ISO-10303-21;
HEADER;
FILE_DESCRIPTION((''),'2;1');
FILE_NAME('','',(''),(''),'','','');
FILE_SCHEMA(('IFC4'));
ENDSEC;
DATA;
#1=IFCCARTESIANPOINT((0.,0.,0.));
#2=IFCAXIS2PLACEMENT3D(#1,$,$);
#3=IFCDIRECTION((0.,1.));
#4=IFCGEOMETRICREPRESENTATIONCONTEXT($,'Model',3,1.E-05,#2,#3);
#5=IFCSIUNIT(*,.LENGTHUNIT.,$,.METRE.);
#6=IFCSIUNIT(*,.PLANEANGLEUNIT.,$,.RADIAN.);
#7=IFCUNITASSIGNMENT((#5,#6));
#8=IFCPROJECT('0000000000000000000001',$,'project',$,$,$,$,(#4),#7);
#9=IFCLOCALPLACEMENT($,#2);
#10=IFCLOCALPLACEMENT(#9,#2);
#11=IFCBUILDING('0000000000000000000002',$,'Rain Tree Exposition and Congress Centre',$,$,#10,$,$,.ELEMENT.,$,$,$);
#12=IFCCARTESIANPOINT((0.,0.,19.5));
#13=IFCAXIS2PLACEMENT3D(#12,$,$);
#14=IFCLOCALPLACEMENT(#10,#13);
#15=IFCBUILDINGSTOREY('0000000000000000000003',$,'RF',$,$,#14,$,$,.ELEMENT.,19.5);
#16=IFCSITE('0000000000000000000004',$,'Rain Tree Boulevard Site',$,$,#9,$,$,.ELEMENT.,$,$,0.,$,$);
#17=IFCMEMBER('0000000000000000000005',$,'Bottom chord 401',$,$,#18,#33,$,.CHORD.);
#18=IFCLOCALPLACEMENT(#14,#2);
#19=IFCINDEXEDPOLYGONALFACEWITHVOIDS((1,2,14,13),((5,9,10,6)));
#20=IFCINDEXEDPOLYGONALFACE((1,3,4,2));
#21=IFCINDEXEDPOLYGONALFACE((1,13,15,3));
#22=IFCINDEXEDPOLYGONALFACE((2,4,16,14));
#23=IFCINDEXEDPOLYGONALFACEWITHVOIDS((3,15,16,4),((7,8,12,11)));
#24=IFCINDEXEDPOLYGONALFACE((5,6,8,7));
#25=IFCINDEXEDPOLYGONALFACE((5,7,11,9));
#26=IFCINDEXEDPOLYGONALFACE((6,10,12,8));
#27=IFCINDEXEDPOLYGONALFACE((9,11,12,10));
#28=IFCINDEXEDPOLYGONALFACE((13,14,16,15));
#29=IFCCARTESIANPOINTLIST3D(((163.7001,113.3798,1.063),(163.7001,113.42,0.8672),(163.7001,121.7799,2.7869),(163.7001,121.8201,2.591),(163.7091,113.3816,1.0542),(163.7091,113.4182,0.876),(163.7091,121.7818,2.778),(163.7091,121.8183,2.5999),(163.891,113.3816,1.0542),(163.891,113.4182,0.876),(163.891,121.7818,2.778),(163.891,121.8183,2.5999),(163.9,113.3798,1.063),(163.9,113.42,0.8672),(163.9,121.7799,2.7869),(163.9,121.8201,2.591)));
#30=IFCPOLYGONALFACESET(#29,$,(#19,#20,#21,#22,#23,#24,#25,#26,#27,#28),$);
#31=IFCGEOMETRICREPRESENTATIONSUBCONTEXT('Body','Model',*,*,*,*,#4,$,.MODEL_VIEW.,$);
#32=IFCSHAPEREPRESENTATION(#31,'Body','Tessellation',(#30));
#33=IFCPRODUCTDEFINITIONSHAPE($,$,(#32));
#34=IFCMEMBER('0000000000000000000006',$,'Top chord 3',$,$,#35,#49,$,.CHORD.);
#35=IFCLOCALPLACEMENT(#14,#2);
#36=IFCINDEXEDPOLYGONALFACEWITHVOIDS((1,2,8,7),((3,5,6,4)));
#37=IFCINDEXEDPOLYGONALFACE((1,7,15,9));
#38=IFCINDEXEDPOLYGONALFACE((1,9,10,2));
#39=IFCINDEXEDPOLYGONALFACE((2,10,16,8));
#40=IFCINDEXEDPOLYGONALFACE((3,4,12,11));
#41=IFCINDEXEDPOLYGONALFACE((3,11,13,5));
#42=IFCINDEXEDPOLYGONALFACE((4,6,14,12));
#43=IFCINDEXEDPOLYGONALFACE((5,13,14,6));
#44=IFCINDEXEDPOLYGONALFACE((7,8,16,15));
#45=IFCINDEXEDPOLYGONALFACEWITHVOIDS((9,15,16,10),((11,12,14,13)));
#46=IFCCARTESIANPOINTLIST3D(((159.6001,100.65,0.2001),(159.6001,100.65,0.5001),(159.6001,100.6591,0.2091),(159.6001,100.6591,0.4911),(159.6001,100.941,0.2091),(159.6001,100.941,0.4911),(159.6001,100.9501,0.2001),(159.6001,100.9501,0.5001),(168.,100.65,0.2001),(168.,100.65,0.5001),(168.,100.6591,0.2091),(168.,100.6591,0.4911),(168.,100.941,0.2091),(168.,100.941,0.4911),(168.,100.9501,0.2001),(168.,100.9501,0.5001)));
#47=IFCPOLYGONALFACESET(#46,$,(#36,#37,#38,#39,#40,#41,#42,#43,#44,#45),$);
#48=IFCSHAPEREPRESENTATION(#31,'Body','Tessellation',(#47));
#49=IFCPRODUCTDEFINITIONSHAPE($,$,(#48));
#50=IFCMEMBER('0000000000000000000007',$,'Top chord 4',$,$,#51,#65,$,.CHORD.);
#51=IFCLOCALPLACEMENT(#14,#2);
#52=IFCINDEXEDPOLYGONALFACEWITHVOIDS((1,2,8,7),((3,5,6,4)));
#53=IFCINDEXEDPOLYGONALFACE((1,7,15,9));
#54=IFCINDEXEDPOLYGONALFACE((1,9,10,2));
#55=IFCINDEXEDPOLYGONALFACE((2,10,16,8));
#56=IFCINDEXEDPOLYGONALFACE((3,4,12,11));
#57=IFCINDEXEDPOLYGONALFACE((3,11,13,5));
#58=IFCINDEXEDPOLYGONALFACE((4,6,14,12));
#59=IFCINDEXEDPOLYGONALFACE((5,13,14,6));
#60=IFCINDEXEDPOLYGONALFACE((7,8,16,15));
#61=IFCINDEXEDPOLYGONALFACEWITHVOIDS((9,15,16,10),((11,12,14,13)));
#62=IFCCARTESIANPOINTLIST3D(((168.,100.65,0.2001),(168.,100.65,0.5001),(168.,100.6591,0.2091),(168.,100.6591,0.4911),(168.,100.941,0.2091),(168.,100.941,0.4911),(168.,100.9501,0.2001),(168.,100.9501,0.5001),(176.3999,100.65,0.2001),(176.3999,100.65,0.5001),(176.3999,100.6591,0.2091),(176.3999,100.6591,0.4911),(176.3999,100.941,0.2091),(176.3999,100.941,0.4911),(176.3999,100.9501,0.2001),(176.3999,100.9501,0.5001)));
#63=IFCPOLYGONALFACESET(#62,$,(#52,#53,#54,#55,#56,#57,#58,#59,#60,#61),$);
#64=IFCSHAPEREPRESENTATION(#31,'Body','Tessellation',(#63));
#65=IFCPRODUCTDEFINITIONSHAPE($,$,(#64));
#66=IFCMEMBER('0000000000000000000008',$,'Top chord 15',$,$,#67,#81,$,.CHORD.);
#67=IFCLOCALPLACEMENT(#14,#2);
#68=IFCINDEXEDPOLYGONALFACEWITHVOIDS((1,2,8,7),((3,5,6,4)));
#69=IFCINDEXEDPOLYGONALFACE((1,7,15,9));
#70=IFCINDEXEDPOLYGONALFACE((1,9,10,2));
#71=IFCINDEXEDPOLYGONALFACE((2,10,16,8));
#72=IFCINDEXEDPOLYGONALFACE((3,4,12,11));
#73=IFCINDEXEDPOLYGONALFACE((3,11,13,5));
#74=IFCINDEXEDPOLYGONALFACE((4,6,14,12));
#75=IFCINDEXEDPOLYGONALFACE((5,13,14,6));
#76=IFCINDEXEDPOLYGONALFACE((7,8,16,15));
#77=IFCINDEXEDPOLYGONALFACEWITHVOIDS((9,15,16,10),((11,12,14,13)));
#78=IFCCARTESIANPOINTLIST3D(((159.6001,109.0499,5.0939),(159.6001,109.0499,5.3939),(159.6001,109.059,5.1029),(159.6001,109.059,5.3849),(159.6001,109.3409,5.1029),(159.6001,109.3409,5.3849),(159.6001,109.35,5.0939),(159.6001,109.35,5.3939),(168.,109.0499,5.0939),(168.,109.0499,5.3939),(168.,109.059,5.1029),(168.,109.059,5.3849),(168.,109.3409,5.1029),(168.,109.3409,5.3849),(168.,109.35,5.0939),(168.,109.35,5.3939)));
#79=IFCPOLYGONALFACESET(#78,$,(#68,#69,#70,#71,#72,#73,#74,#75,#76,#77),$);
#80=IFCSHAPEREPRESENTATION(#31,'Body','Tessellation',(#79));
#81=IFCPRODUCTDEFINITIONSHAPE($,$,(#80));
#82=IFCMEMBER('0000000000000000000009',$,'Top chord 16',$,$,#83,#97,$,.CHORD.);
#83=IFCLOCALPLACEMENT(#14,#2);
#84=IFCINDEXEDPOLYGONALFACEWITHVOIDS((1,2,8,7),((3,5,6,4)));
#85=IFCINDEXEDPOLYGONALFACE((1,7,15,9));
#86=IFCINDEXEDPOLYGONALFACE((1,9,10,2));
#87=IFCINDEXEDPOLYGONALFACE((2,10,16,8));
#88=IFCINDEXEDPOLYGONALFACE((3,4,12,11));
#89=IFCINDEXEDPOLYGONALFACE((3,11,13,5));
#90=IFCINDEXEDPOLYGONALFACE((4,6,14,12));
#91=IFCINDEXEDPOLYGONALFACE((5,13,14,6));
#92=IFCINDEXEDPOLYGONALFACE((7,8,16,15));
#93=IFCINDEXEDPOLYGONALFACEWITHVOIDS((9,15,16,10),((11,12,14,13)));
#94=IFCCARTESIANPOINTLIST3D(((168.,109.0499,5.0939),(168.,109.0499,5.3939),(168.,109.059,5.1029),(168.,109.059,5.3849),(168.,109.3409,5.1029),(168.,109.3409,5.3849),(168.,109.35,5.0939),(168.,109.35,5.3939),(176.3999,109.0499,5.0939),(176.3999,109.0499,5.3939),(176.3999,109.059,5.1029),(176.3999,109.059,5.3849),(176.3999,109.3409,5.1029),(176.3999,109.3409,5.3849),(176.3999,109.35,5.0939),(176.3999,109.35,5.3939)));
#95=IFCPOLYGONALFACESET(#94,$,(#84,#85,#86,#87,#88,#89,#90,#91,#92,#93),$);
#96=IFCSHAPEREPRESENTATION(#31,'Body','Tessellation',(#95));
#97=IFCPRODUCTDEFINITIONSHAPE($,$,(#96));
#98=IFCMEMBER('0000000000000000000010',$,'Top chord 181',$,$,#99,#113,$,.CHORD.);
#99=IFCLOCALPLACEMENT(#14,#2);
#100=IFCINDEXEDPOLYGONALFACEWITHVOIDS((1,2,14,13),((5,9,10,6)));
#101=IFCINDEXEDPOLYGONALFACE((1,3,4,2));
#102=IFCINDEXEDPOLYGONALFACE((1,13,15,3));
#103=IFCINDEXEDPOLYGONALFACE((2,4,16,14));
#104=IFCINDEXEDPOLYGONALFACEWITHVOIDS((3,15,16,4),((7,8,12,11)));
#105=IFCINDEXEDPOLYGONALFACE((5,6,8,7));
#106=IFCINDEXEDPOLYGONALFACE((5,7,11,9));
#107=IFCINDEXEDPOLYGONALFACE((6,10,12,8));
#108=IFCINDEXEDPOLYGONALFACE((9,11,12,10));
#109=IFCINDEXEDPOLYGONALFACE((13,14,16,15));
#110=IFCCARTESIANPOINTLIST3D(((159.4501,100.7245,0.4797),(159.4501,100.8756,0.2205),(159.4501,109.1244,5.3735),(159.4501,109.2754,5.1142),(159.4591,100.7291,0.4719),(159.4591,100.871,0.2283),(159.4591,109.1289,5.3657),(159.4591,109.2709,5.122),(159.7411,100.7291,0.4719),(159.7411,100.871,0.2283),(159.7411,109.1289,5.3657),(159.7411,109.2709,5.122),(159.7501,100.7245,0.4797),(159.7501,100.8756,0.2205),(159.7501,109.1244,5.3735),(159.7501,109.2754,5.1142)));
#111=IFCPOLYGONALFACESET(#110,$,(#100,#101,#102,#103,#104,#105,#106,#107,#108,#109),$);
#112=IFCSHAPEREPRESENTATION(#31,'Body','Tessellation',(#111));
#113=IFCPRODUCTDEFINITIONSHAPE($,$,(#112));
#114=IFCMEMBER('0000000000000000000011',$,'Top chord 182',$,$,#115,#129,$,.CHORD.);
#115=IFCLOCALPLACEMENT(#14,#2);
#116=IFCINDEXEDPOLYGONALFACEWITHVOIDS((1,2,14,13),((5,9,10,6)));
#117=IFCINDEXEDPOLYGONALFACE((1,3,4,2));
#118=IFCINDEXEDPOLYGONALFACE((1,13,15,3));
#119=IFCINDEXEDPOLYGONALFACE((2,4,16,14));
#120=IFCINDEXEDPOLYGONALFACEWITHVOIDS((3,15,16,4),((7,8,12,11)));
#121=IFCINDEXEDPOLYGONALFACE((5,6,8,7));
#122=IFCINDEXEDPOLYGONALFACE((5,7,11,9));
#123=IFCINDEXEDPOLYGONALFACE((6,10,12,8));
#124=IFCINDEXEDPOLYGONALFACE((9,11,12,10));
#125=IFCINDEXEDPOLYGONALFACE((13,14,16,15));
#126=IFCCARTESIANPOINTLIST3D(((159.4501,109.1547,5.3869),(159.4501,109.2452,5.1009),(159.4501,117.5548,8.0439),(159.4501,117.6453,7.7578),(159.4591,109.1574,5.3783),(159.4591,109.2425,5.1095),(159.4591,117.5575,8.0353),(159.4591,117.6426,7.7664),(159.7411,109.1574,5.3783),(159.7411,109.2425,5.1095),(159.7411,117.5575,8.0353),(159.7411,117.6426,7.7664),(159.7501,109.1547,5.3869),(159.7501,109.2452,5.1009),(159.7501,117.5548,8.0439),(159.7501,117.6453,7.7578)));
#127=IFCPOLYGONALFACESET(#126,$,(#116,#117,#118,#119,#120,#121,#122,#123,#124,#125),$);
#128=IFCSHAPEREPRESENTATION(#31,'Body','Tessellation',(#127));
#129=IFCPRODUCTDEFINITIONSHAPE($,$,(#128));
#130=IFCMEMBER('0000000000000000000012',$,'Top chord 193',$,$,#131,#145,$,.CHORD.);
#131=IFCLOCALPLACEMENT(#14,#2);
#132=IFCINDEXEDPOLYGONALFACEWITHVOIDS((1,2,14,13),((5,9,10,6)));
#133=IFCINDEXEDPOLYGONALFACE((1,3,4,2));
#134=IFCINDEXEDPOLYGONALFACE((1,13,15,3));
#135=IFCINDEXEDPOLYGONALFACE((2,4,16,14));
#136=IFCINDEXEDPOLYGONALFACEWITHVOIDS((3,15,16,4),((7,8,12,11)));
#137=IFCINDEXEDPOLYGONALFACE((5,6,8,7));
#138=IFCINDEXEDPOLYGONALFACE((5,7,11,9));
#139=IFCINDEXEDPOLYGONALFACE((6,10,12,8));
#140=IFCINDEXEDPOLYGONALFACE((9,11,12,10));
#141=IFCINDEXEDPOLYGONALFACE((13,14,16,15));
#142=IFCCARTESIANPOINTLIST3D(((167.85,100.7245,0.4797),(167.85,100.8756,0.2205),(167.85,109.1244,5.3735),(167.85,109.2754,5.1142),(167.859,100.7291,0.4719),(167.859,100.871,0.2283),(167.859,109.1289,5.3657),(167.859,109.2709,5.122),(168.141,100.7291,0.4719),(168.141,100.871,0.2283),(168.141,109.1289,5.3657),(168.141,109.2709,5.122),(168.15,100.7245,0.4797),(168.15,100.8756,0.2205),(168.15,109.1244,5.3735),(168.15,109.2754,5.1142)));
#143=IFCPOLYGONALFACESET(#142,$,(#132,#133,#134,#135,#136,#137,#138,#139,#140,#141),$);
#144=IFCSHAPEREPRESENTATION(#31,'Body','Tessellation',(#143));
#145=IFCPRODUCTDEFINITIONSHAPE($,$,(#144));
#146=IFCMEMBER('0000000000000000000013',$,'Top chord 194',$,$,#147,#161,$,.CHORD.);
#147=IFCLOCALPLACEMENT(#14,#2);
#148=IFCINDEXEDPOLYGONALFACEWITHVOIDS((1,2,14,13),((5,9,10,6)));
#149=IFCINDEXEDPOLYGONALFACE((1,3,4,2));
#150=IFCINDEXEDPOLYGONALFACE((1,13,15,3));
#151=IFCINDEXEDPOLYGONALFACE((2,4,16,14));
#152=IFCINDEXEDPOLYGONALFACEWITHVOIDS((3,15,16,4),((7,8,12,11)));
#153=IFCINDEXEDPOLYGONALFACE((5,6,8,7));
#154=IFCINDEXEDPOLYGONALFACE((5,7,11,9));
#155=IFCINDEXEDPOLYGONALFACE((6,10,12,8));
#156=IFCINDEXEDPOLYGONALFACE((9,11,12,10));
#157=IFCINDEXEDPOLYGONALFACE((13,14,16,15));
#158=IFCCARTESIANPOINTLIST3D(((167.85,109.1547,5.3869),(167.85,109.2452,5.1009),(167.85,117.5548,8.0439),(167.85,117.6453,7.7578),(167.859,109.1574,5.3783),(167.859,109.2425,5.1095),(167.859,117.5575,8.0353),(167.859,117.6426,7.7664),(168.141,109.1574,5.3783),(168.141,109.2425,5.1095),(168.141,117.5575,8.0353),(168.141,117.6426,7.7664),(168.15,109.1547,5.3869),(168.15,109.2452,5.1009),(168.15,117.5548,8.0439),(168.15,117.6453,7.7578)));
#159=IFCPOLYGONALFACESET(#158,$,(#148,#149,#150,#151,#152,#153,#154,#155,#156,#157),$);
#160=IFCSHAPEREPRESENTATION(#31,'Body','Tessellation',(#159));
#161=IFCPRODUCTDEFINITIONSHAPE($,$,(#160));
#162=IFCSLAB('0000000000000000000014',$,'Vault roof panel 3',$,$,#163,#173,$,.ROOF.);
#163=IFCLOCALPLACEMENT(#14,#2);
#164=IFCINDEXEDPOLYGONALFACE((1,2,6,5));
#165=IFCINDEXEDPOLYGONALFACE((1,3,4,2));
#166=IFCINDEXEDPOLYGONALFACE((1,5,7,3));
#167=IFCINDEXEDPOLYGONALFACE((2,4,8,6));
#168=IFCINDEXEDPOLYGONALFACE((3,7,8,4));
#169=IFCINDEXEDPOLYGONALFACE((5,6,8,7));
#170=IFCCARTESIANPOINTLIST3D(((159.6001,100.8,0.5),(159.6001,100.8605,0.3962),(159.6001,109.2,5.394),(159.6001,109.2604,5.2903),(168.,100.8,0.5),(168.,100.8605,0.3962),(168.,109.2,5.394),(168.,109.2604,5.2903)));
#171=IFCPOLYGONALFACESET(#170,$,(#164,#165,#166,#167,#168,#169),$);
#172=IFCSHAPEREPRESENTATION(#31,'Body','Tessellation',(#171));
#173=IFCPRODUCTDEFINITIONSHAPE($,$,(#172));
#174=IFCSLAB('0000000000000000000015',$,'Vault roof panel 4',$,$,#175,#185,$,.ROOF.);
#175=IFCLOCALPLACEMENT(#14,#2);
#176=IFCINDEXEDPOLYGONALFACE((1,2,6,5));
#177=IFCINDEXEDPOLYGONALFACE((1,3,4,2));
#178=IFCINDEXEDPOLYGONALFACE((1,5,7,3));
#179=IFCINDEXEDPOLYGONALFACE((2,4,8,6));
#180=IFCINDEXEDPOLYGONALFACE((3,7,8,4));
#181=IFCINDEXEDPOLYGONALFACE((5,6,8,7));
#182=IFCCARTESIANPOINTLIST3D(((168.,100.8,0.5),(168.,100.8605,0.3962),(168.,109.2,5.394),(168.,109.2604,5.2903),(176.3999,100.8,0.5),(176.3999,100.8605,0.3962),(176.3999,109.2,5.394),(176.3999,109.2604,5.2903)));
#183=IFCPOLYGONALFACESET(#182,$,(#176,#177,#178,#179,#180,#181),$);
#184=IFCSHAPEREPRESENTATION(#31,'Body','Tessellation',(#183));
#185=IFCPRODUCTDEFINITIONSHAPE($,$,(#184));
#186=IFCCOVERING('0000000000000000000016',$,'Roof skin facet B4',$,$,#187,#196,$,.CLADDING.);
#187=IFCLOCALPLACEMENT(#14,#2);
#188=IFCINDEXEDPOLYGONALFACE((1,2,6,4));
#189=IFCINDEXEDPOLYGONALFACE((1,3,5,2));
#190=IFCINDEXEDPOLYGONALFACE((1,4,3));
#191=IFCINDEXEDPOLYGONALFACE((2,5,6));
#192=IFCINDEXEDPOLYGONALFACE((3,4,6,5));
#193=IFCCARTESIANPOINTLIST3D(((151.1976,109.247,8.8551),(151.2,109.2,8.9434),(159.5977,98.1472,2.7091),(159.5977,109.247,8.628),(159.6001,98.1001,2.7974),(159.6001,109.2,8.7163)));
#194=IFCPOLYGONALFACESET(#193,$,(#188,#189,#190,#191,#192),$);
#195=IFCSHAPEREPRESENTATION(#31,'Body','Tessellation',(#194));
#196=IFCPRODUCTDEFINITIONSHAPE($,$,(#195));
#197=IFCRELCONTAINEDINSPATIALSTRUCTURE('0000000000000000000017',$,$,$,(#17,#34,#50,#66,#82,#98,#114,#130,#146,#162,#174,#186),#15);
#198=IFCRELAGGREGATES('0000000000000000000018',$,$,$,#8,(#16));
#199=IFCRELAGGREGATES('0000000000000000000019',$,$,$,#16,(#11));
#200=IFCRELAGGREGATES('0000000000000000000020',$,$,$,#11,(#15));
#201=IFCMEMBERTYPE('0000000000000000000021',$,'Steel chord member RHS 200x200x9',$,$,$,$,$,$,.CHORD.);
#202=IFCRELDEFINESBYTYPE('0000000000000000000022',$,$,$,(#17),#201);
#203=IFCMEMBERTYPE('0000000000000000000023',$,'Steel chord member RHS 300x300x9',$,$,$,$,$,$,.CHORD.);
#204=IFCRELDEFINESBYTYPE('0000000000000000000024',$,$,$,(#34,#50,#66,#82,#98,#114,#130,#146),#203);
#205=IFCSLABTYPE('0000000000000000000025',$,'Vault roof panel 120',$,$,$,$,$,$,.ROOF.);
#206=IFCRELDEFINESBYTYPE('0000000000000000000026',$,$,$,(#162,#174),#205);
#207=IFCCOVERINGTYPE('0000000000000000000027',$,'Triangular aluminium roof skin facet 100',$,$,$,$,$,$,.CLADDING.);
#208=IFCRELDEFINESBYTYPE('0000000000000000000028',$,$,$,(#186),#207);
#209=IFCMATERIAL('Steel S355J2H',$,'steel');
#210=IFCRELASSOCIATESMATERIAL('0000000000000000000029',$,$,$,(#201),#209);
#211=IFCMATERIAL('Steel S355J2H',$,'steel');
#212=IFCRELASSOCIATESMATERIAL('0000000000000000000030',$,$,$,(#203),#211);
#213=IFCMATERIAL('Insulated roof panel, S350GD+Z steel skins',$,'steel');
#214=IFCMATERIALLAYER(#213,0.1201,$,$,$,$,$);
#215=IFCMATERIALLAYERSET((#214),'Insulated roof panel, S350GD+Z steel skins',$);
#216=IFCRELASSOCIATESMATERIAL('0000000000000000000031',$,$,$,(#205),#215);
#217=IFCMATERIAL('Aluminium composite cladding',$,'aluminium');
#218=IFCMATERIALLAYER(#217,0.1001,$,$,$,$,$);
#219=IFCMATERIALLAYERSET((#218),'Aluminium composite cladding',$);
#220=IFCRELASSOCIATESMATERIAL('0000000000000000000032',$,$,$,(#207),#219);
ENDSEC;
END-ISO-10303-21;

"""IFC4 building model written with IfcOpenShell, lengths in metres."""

from ifc_helpers import new_model, si_unit, direction, frame, origin, origin_2d, place, context, subcontext, project, spatial, polyline, hollow_rectangle, outline, extrude, material, layer, layer_set, material_profile, profile_set, type_object, element, save


model = new_model("IFC4")

# Units and contexts
model_context = context("Model", 3, precision=1e-05, world=origin(), true_north=direction((0.0, 1.0)))
body_context = subcontext(model_context, "Body", "Model", "MODEL_VIEW")
ifc_project = project(units=[si_unit("LENGTHUNIT", "METRE"), si_unit("PLANEANGLEUNIT", "RADIAN")], contexts=[model_context])

# Site, building, storey
site_placement = place(None, origin())
site = spatial("IfcSite", under=ifc_project, at=site_placement, Name="Rain Tree Boulevard Site", CompositionType="ELEMENT", RefElevation=0.0)
building_placement = place(site_placement, origin())
building = spatial("IfcBuilding", under=site, at=building_placement, Name="Rain Tree Exposition and Congress Centre", CompositionType="ELEMENT")
storey_placement = place(building_placement, frame((0.0, 0.0, 19.5)))
storey = spatial("IfcBuildingStorey", under=building, at=storey_placement, Name="RF", CompositionType="ELEMENT", Elevation=19.5)

# Members
ifc_material_1 = material(Name="Steel S355J2H", Category="steel")
ifc_material_profile_1 = material_profile(ifc_material_1, hollow_rectangle(XDim=0.2, YDim=0.2, WallThickness=0.009, at=origin_2d()), Name="RHS 200x200x9")
ifc_profile_set_1 = profile_set([ifc_material_profile_1], Name="Steel S355J2H")
member_type_1 = type_object("IfcMemberType", Name="Steel chord member RHS 200x200x9", PredefinedType="CHORD", material=ifc_profile_set_1)
member_1_placement = place(storey_placement, frame((163.8, 113.3999, 0.9651), z_axis=(0.0, 0.979585, 0.20103), x_axis=(-1.0, 0.0, 0.0)))
element("IfcMember", 1, at=member_1_placement, inside=storey, type_object=member_type_1, Name="Bottom chord 401", PredefinedType="CHORD", context=body_context, shape_type="SweptSolid", body=[
    extrude(hollow_rectangle(XDim=0.2, YDim=0.2, WallThickness=0.009, at=origin_2d()), origin(), (0.0, 0.0, 1.0), 8.5752),
])
ifc_material_2 = material(Name="Steel S355J2H", Category="steel")
ifc_material_profile_2 = material_profile(ifc_material_2, hollow_rectangle(XDim=0.3, YDim=0.3, WallThickness=0.009, at=origin_2d()), Name="RHS 300x300x9")
ifc_profile_set_2 = profile_set([ifc_material_profile_2], Name="Steel S355J2H")
member_type_2 = type_object("IfcMemberType", Name="Steel chord member RHS 300x300x9", PredefinedType="CHORD", material=ifc_profile_set_2)
for number, where, z_axis, x_axis, name in (
    (2, (159.6001, 100.8, 0.3501), (1.0, 0.0, 0.0), (0.0, 1.0, 0.0), "Top chord 3"),
    (3, (168.0, 100.8, 0.3501), (1.0, 0.0, 0.0), (0.0, 1.0, 0.0), "Top chord 4"),
    (4, (159.6001, 109.2, 5.2439), (1.0, 0.0, 0.0), (0.0, 1.0, 0.0), "Top chord 15"),
    (5, (168.0, 109.2, 5.2439), (1.0, 0.0, 0.0), (0.0, 1.0, 0.0), "Top chord 16"),
):
    element("IfcMember", number, at=place(storey_placement, frame(where, z_axis=z_axis, x_axis=x_axis)), inside=storey, type_object=member_type_2, Name=name, PredefinedType="CHORD", context=body_context, shape_type="SweptSolid", body=[
        extrude(hollow_rectangle(XDim=0.3, YDim=0.3, WallThickness=0.009, at=origin_2d()), origin(), (0.0, 0.0, 1.0), 8.3999),
    ])
member_2_placement = place(storey_placement, frame((159.6001, 100.8, 0.3501), z_axis=(0.0, 0.864054, 0.503399), x_axis=(-1.0, 0.0, 0.0)))
element("IfcMember", 6, at=member_2_placement, inside=storey, type_object=member_type_2, Name="Top chord 181", PredefinedType="CHORD", context=body_context, shape_type="SweptSolid", body=[
    extrude(hollow_rectangle(XDim=0.3, YDim=0.3, WallThickness=0.009, at=origin_2d()), origin(), (0.0, 0.0, 1.0), 9.7214),
])
member_3_placement = place(storey_placement, frame((159.6001, 109.2, 5.2439), z_axis=(0.0, 0.953442, 0.301576), x_axis=(-1.0, 0.0, 0.0)))
element("IfcMember", 7, at=member_3_placement, inside=storey, type_object=member_type_2, Name="Top chord 182", PredefinedType="CHORD", context=body_context, shape_type="SweptSolid", body=[
    extrude(hollow_rectangle(XDim=0.3, YDim=0.3, WallThickness=0.009, at=origin_2d()), origin(), (0.0, 0.0, 1.0), 8.8103),
])
member_4_placement = place(storey_placement, frame((168.0, 100.8, 0.3501), z_axis=(0.0, 0.864054, 0.503399), x_axis=(-1.0, 0.0, 0.0)))
element("IfcMember", 8, at=member_4_placement, inside=storey, type_object=member_type_2, Name="Top chord 193", PredefinedType="CHORD", context=body_context, shape_type="SweptSolid", body=[
    extrude(hollow_rectangle(XDim=0.3, YDim=0.3, WallThickness=0.009, at=origin_2d()), origin(), (0.0, 0.0, 1.0), 9.7214),
])
member_5_placement = place(storey_placement, frame((168.0, 109.2, 5.2439), z_axis=(0.0, 0.953442, 0.301576), x_axis=(-1.0, 0.0, 0.0)))
element("IfcMember", 9, at=member_5_placement, inside=storey, type_object=member_type_2, Name="Top chord 194", PredefinedType="CHORD", context=body_context, shape_type="SweptSolid", body=[
    extrude(hollow_rectangle(XDim=0.3, YDim=0.3, WallThickness=0.009, at=origin_2d()), origin(), (0.0, 0.0, 1.0), 8.8103),
])

# Slabs
ifc_material_3 = material(Name="Insulated roof panel, S350GD+Z steel skins", Category="steel")
ifc_layer_1 = layer(ifc_material_3, 0.1201)
ifc_layer_set_1 = layer_set([ifc_layer_1], Name="Insulated roof panel, S350GD+Z steel skins")
slab_type = type_object("IfcSlabType", Name="Vault roof panel 120", PredefinedType="ROOF", material=ifc_layer_set_1)
for number, where, z_axis, x_axis, name in (
    (10, (159.6001, 100.8, 0.5), (0.0, -0.503418, 0.864043), (1.0, 0.0, 0.0), "Vault roof panel 3"),
    (11, (168.0, 100.8, 0.5), (0.0, -0.503418, 0.864043), (1.0, 0.0, 0.0), "Vault roof panel 4"),
):
    element("IfcSlab", number, at=place(storey_placement, frame(where, z_axis=z_axis, x_axis=x_axis)), inside=storey, type_object=slab_type, Name=name, PredefinedType="ROOF", context=body_context, shape_type="SweptSolid", body=[
        extrude(outline(polyline([(0.0, 0.0), (8.3999, 0.0), (8.3999, 9.7216), (0.0, 9.7216), (0.0, 0.0)])), origin(), (0.0, 0.0, -1.0), 0.1201),
    ])

# Covering
ifc_material_4 = material(Name="Aluminium composite cladding", Category="aluminium")
ifc_layer_2 = layer(ifc_material_4, 0.1001)
ifc_layer_set_2 = layer_set([ifc_layer_2], Name="Aluminium composite cladding")
covering_type = type_object("IfcCoveringType", Name="Triangular aluminium roof skin facet 100", PredefinedType="CLADDING", material=ifc_layer_set_2)
covering_1_placement = place(storey_placement, frame((159.6001, 98.1001, 2.7974), z_axis=(0.023844, -0.470394, 0.882134), x_axis=(0.0, 0.882385, 0.470528)))
element("IfcCovering", 12, at=covering_1_placement, inside=storey, type_object=covering_type, Name="Roof skin facet B4", PredefinedType="CLADDING", context=body_context, shape_type="SweptSolid", body=[
    extrude(outline(polyline([(0.0, 0.0), (12.5794, 0.0), (12.6862, 8.4025), (0.0, 0.0)])), origin(), (0.0, 0.0, -1.0), 0.1001),
])

save(model, "model.ifc")
